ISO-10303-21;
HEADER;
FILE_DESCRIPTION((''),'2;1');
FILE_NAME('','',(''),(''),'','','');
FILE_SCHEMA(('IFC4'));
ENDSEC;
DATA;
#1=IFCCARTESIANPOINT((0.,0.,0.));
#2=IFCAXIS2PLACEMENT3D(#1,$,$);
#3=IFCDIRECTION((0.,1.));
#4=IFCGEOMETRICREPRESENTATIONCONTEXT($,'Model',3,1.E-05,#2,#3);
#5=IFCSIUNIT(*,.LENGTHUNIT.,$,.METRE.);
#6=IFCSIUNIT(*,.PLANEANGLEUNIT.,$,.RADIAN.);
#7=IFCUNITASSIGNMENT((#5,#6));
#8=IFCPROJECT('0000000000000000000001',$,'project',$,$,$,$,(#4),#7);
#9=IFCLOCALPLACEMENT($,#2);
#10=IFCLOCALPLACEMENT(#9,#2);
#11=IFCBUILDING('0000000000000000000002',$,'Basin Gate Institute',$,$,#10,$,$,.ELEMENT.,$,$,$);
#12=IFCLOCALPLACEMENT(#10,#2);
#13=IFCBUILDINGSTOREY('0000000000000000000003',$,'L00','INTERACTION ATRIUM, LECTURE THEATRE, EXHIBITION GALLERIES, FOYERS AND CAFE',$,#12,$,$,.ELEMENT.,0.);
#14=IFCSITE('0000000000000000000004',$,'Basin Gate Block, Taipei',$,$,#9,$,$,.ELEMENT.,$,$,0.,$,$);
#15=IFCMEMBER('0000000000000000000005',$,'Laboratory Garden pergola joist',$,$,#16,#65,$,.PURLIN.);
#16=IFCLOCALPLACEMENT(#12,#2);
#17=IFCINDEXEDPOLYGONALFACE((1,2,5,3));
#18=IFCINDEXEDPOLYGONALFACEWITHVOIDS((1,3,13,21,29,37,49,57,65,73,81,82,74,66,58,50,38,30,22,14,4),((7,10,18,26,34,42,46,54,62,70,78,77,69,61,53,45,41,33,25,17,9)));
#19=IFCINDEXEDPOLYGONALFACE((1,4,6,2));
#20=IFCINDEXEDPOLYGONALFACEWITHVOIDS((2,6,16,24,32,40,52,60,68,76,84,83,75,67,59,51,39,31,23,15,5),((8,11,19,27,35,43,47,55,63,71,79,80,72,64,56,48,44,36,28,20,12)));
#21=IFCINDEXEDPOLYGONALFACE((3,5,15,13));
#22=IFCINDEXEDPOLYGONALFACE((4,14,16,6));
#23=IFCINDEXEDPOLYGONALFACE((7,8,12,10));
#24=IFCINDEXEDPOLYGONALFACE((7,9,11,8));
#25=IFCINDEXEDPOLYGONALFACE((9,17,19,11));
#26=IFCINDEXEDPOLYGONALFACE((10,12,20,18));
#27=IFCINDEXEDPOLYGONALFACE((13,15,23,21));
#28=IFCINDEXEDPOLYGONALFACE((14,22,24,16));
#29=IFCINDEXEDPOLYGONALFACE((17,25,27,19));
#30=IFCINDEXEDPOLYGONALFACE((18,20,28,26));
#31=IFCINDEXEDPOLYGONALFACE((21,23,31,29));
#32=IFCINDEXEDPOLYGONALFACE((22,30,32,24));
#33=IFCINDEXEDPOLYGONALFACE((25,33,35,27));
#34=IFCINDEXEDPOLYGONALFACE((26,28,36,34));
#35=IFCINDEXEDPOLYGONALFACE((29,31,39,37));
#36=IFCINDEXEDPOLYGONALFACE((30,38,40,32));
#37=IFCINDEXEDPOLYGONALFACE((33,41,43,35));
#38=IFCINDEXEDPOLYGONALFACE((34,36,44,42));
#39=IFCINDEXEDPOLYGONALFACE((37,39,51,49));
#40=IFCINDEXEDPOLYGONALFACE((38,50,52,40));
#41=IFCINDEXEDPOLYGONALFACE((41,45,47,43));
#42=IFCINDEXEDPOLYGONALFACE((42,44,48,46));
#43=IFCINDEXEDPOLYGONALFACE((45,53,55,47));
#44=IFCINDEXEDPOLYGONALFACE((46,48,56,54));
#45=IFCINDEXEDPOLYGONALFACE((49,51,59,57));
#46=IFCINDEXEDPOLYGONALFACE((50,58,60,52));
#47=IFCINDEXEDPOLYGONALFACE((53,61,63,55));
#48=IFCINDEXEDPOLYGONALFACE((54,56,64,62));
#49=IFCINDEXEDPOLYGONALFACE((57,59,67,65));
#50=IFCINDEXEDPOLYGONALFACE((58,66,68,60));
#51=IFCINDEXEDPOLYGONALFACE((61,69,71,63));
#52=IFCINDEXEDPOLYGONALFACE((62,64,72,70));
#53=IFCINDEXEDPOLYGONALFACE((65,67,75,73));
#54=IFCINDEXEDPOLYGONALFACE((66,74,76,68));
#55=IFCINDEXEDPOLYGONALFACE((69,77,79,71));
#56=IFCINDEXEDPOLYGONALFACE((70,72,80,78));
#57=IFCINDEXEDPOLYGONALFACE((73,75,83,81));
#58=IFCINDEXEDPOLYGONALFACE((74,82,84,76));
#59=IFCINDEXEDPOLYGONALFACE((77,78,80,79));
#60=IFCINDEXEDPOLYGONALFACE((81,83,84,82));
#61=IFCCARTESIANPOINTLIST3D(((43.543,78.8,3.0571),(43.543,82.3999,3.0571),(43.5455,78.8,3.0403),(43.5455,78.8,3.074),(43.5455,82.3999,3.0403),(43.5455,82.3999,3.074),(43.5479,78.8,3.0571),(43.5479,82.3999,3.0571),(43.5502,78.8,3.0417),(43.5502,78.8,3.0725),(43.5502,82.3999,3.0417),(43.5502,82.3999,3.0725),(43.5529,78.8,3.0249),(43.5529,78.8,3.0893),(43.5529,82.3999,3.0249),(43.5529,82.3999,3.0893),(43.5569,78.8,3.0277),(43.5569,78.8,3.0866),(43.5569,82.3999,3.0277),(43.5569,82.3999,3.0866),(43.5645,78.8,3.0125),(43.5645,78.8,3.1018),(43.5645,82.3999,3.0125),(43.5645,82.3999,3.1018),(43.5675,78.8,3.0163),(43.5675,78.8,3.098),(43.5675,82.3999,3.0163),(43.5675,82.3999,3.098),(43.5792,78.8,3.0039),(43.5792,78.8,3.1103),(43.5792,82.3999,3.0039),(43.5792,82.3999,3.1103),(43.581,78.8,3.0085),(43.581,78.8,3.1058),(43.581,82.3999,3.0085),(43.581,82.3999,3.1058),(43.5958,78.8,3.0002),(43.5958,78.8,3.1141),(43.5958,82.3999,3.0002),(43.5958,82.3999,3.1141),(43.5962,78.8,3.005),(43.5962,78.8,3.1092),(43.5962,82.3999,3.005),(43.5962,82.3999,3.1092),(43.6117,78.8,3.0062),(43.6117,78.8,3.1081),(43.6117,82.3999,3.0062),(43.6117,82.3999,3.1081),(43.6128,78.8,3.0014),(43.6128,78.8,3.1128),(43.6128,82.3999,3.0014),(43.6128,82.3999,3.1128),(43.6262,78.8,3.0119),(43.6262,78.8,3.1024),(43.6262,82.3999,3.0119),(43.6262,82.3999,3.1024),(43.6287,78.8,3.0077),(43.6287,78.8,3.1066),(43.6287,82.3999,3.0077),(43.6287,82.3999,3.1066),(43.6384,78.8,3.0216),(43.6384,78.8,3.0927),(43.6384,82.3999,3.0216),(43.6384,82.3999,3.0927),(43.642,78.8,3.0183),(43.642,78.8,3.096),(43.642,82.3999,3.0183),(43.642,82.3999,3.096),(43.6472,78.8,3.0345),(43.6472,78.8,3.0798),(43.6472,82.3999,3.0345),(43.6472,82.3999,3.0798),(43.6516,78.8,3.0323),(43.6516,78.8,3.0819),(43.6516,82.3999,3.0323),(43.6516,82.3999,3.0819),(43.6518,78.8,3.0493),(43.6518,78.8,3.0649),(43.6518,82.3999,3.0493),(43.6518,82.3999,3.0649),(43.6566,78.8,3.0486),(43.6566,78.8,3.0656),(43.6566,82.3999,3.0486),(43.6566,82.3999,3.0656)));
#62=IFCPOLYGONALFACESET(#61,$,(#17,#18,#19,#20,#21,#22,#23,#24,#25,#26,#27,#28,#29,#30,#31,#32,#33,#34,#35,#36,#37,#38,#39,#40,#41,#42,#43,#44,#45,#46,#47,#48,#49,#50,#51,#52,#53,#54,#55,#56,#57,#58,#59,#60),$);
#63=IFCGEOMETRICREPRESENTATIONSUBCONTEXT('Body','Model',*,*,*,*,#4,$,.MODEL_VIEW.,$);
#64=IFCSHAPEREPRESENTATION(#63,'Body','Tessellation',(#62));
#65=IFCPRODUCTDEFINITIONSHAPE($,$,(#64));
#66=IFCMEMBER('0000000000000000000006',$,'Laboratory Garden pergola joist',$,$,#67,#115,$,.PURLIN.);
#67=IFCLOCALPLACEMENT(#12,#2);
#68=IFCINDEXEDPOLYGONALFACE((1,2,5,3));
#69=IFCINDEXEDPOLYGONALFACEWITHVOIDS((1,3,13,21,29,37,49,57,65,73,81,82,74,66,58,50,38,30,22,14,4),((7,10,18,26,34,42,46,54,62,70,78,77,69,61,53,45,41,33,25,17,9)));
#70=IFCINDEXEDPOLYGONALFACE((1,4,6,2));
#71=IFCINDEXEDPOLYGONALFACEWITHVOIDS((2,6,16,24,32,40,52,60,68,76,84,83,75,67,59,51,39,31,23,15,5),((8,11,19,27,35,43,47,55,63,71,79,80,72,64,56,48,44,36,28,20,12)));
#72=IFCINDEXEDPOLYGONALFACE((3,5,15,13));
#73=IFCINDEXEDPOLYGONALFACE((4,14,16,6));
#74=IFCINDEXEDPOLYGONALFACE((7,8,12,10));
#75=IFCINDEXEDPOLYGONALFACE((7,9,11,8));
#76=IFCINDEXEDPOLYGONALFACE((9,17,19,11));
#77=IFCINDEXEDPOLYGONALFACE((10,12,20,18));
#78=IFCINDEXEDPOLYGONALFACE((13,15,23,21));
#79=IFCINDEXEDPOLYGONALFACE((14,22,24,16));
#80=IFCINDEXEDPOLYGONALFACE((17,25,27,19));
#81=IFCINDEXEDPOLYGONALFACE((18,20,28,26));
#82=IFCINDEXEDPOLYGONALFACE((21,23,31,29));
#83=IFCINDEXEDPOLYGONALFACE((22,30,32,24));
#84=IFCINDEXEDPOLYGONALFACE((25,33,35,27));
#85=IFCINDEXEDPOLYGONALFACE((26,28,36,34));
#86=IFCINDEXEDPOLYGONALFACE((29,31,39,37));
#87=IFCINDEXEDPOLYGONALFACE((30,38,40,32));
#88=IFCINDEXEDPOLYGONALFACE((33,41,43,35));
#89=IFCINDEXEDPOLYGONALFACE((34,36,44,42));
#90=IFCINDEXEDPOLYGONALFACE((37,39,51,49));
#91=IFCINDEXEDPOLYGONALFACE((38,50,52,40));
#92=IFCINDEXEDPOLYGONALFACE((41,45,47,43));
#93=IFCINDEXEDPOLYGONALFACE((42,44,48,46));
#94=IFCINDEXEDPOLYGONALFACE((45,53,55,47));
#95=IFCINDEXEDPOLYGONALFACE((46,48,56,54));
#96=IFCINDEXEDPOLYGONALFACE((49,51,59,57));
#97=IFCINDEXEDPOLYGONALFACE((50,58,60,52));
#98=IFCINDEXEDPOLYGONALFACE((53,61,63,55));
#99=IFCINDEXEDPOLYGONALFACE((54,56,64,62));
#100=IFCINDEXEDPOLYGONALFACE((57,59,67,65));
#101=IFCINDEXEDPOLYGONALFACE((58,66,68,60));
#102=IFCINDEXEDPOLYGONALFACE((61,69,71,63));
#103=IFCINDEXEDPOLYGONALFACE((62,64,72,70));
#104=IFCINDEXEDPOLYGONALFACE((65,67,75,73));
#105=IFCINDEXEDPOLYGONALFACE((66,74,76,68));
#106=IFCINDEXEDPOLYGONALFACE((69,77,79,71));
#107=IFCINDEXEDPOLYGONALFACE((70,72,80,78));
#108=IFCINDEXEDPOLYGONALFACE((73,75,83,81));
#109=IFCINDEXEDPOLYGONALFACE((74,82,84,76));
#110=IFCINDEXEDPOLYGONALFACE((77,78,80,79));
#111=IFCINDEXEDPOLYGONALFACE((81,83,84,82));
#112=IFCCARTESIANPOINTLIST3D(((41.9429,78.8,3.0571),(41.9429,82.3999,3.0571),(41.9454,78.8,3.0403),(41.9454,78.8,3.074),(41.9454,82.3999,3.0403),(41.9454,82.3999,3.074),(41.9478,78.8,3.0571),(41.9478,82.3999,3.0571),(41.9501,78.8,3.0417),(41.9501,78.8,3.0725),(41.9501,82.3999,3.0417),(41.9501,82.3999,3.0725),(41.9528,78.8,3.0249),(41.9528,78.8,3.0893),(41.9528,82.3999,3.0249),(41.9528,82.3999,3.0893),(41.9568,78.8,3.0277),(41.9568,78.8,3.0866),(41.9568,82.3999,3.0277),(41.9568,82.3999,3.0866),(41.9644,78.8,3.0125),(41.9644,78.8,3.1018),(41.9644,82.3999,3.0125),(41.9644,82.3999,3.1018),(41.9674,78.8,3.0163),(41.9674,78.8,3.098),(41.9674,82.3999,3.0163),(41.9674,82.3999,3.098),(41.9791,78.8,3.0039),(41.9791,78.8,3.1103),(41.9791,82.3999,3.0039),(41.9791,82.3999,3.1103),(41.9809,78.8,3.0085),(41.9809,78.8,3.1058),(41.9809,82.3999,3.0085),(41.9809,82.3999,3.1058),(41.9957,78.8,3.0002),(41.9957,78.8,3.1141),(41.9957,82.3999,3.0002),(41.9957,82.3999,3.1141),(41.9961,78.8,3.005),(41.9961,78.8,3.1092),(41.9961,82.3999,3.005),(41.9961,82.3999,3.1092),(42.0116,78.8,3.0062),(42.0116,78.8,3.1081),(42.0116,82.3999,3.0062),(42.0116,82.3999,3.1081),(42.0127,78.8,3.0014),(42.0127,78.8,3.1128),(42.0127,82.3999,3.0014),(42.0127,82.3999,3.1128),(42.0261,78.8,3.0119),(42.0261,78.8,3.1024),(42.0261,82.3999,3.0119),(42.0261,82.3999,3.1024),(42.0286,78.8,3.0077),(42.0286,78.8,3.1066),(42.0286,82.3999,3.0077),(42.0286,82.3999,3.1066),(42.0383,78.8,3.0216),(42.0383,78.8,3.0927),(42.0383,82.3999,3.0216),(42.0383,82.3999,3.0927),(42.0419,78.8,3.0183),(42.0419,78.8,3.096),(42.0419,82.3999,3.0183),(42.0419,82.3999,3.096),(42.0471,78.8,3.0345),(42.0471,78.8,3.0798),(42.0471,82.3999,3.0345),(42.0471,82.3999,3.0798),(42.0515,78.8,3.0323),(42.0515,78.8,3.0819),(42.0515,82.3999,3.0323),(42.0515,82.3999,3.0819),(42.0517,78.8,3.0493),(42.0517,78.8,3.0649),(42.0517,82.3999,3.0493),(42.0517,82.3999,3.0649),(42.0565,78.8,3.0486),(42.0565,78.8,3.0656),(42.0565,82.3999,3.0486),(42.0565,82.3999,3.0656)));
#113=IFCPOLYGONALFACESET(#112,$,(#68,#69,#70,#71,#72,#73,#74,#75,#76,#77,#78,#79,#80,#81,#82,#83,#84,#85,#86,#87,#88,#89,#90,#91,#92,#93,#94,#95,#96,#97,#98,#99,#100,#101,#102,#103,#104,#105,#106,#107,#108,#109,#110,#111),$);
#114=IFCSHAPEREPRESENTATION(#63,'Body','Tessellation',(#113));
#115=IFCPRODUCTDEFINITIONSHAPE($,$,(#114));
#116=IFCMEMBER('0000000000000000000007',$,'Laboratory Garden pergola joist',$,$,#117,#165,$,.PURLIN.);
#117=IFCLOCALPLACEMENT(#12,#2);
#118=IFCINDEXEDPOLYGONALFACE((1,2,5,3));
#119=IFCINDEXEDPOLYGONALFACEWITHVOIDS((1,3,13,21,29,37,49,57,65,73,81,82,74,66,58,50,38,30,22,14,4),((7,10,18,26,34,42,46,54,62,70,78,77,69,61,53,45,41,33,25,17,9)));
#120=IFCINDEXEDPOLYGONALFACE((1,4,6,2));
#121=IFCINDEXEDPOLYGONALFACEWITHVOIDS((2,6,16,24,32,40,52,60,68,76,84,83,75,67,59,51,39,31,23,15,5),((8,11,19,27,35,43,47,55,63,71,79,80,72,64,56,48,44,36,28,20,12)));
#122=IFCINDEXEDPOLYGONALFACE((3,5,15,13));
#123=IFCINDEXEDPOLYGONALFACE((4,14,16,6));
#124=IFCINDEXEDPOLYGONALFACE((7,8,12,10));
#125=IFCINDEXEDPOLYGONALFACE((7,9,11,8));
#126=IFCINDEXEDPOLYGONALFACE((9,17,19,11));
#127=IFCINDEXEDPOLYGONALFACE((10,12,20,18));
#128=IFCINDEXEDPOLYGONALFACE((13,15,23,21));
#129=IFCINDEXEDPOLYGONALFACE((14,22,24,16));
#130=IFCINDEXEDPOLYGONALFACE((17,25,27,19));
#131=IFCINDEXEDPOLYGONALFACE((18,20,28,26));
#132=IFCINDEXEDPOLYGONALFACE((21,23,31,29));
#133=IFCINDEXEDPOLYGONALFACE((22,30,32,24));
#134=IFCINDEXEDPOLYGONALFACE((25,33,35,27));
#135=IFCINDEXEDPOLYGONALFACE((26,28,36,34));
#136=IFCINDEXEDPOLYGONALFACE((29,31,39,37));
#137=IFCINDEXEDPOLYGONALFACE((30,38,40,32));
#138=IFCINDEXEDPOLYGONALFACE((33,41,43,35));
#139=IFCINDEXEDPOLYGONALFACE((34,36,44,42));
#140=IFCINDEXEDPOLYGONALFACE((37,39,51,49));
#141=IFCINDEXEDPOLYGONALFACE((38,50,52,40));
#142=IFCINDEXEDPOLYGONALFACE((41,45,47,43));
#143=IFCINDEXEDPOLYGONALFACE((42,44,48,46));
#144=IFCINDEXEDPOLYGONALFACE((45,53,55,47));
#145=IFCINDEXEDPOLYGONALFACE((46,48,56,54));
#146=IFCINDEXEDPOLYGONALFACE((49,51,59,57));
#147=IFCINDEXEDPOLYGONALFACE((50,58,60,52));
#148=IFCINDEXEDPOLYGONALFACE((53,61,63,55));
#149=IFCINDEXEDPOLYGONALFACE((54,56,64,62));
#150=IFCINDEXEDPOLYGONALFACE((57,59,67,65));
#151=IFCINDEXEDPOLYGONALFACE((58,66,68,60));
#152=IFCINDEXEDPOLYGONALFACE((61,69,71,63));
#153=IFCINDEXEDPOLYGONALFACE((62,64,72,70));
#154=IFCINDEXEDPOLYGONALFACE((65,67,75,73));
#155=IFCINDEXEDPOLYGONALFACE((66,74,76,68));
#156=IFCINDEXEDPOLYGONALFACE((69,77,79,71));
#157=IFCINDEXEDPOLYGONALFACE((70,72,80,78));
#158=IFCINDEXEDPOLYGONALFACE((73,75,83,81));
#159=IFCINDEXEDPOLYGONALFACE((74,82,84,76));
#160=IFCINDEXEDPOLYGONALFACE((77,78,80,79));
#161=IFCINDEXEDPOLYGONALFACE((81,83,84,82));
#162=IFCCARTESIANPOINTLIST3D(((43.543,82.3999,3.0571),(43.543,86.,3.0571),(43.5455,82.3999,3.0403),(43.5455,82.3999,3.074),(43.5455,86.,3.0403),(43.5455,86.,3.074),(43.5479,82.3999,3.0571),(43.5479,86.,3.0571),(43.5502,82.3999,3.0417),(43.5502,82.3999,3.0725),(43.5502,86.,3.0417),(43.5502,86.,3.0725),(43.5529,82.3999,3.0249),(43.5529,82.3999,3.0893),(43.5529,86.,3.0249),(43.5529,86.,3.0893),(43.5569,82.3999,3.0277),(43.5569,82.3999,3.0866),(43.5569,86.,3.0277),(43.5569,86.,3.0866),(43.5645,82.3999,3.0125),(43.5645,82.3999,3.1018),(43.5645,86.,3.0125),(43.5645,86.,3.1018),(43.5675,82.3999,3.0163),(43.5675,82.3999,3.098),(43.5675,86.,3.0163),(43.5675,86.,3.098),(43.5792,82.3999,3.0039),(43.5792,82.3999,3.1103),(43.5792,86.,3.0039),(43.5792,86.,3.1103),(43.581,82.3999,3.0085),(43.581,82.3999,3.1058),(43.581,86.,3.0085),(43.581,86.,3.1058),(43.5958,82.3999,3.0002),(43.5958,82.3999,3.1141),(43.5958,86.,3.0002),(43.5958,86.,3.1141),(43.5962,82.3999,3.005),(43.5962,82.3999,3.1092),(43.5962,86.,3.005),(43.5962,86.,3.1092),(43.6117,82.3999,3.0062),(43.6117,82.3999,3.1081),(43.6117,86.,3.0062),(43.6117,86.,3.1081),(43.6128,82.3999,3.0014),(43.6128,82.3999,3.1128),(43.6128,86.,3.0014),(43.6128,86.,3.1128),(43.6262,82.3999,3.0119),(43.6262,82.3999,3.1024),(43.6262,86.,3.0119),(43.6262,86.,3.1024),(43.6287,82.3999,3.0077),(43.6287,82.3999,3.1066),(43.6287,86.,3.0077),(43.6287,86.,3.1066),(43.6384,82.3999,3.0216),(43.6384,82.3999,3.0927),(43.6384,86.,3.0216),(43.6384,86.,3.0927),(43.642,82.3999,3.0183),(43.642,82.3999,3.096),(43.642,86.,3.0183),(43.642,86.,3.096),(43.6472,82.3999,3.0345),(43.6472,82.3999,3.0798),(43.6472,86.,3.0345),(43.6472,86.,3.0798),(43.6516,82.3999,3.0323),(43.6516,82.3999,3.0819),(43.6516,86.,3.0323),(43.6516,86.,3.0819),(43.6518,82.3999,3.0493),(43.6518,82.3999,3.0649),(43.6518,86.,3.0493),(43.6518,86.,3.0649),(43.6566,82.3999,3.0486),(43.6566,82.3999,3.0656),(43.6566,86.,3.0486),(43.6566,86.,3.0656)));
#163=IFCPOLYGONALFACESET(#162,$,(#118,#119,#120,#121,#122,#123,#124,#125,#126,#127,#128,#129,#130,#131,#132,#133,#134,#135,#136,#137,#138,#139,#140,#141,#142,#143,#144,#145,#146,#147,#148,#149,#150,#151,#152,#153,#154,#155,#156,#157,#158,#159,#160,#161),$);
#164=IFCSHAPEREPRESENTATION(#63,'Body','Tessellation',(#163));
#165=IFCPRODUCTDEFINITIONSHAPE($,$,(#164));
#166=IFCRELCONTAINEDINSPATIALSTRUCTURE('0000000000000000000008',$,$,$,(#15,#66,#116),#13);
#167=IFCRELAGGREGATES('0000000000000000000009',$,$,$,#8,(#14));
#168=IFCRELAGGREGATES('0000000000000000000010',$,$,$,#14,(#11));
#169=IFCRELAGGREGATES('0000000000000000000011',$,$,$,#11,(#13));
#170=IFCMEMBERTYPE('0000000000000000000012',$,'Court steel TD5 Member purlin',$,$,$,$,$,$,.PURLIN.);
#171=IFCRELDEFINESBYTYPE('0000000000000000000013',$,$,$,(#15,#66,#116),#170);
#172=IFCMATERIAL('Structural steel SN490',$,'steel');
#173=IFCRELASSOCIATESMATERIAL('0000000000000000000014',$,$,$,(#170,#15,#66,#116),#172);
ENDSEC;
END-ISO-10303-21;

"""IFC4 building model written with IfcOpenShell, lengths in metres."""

from ifc_helpers import new_model, si_unit, direction, frame, origin, origin_2d, place, context, subcontext, project, spatial, hollow_circle, extrude, material, material_profile, profile_set, type_object, element, save


model = new_model("IFC4")

# Units and contexts
model_context = context("Model", 3, precision=1e-05, world=origin(), true_north=direction((0.0, 1.0)))
body_context = subcontext(model_context, "Body", "Model", "MODEL_VIEW")
ifc_project = project(units=[si_unit("LENGTHUNIT", "METRE"), si_unit("PLANEANGLEUNIT", "RADIAN")], contexts=[model_context])

# Site, building, storey
site_placement = place(None, origin())
site = spatial("IfcSite", under=ifc_project, at=site_placement, Name="Basin Gate Block, Taipei", CompositionType="ELEMENT", RefElevation=0.0)
building_placement = place(site_placement, origin())
building = spatial("IfcBuilding", under=site, at=building_placement, Name="Basin Gate Institute", CompositionType="ELEMENT")
storey_placement = place(building_placement, origin())
storey = spatial("IfcBuildingStorey", under=building, at=storey_placement, Name="L00", Description="INTERACTION ATRIUM, LECTURE THEATRE, EXHIBITION GALLERIES, FOYERS AND CAFE", CompositionType="ELEMENT", Elevation=0.0)

# Members
ifc_material_1 = material(Name="Structural steel SN490", Category="steel")
ifc_material_profile_1 = material_profile(ifc_material_1, hollow_circle(Radius=0.0571, WallThickness=0.0049, at=origin_2d()), Name="CHS114x5")
ifc_profile_set_1 = profile_set([ifc_material_profile_1], Name="Structural steel SN490")
member_type = type_object("IfcMemberType", Name="Court steel TD5 Member purlin", PredefinedType="PURLIN", material=ifc_profile_set_1)
for number, where, z_axis, x_axis, name in (
    (1, (43.6001, 78.8, 3.0571), (0.0, 1.0, 0.0), (-1.0, 0.0, 0.0), "Laboratory Garden pergola joist"),
    (2, (42.0, 78.8, 3.0571), (0.0, 1.0, 0.0), (-1.0, 0.0, 0.0), "Laboratory Garden pergola joist"),
):
    element("IfcMember", number, at=place(storey_placement, frame(where, z_axis=z_axis, x_axis=x_axis)), inside=storey, type_object=member_type, material=ifc_profile_set_1, Name=name, PredefinedType="PURLIN", context=body_context, shape_type="SweptSolid", body=[
        extrude(hollow_circle(Radius=0.0571, WallThickness=0.0049, at=origin_2d()), origin(), (0.0, 0.0, 1.0), 3.5999),
    ])
for number, where, z_axis, x_axis, name in (
    (3, (43.6001, 82.3999, 3.0571), (0.0, 1.0, 0.0), (-1.0, 0.0, 0.0), "Laboratory Garden pergola joist"),
):
    element("IfcMember", number, at=place(storey_placement, frame(where, z_axis=z_axis, x_axis=x_axis)), inside=storey, type_object=member_type, material=ifc_profile_set_1, Name=name, PredefinedType="PURLIN", context=body_context, shape_type="SweptSolid", body=[
        extrude(hollow_circle(Radius=0.0571, WallThickness=0.0049, at=origin_2d()), origin(), (0.0, 0.0, 1.0), 3.6001),
    ])

save(model, "model.ifc")
